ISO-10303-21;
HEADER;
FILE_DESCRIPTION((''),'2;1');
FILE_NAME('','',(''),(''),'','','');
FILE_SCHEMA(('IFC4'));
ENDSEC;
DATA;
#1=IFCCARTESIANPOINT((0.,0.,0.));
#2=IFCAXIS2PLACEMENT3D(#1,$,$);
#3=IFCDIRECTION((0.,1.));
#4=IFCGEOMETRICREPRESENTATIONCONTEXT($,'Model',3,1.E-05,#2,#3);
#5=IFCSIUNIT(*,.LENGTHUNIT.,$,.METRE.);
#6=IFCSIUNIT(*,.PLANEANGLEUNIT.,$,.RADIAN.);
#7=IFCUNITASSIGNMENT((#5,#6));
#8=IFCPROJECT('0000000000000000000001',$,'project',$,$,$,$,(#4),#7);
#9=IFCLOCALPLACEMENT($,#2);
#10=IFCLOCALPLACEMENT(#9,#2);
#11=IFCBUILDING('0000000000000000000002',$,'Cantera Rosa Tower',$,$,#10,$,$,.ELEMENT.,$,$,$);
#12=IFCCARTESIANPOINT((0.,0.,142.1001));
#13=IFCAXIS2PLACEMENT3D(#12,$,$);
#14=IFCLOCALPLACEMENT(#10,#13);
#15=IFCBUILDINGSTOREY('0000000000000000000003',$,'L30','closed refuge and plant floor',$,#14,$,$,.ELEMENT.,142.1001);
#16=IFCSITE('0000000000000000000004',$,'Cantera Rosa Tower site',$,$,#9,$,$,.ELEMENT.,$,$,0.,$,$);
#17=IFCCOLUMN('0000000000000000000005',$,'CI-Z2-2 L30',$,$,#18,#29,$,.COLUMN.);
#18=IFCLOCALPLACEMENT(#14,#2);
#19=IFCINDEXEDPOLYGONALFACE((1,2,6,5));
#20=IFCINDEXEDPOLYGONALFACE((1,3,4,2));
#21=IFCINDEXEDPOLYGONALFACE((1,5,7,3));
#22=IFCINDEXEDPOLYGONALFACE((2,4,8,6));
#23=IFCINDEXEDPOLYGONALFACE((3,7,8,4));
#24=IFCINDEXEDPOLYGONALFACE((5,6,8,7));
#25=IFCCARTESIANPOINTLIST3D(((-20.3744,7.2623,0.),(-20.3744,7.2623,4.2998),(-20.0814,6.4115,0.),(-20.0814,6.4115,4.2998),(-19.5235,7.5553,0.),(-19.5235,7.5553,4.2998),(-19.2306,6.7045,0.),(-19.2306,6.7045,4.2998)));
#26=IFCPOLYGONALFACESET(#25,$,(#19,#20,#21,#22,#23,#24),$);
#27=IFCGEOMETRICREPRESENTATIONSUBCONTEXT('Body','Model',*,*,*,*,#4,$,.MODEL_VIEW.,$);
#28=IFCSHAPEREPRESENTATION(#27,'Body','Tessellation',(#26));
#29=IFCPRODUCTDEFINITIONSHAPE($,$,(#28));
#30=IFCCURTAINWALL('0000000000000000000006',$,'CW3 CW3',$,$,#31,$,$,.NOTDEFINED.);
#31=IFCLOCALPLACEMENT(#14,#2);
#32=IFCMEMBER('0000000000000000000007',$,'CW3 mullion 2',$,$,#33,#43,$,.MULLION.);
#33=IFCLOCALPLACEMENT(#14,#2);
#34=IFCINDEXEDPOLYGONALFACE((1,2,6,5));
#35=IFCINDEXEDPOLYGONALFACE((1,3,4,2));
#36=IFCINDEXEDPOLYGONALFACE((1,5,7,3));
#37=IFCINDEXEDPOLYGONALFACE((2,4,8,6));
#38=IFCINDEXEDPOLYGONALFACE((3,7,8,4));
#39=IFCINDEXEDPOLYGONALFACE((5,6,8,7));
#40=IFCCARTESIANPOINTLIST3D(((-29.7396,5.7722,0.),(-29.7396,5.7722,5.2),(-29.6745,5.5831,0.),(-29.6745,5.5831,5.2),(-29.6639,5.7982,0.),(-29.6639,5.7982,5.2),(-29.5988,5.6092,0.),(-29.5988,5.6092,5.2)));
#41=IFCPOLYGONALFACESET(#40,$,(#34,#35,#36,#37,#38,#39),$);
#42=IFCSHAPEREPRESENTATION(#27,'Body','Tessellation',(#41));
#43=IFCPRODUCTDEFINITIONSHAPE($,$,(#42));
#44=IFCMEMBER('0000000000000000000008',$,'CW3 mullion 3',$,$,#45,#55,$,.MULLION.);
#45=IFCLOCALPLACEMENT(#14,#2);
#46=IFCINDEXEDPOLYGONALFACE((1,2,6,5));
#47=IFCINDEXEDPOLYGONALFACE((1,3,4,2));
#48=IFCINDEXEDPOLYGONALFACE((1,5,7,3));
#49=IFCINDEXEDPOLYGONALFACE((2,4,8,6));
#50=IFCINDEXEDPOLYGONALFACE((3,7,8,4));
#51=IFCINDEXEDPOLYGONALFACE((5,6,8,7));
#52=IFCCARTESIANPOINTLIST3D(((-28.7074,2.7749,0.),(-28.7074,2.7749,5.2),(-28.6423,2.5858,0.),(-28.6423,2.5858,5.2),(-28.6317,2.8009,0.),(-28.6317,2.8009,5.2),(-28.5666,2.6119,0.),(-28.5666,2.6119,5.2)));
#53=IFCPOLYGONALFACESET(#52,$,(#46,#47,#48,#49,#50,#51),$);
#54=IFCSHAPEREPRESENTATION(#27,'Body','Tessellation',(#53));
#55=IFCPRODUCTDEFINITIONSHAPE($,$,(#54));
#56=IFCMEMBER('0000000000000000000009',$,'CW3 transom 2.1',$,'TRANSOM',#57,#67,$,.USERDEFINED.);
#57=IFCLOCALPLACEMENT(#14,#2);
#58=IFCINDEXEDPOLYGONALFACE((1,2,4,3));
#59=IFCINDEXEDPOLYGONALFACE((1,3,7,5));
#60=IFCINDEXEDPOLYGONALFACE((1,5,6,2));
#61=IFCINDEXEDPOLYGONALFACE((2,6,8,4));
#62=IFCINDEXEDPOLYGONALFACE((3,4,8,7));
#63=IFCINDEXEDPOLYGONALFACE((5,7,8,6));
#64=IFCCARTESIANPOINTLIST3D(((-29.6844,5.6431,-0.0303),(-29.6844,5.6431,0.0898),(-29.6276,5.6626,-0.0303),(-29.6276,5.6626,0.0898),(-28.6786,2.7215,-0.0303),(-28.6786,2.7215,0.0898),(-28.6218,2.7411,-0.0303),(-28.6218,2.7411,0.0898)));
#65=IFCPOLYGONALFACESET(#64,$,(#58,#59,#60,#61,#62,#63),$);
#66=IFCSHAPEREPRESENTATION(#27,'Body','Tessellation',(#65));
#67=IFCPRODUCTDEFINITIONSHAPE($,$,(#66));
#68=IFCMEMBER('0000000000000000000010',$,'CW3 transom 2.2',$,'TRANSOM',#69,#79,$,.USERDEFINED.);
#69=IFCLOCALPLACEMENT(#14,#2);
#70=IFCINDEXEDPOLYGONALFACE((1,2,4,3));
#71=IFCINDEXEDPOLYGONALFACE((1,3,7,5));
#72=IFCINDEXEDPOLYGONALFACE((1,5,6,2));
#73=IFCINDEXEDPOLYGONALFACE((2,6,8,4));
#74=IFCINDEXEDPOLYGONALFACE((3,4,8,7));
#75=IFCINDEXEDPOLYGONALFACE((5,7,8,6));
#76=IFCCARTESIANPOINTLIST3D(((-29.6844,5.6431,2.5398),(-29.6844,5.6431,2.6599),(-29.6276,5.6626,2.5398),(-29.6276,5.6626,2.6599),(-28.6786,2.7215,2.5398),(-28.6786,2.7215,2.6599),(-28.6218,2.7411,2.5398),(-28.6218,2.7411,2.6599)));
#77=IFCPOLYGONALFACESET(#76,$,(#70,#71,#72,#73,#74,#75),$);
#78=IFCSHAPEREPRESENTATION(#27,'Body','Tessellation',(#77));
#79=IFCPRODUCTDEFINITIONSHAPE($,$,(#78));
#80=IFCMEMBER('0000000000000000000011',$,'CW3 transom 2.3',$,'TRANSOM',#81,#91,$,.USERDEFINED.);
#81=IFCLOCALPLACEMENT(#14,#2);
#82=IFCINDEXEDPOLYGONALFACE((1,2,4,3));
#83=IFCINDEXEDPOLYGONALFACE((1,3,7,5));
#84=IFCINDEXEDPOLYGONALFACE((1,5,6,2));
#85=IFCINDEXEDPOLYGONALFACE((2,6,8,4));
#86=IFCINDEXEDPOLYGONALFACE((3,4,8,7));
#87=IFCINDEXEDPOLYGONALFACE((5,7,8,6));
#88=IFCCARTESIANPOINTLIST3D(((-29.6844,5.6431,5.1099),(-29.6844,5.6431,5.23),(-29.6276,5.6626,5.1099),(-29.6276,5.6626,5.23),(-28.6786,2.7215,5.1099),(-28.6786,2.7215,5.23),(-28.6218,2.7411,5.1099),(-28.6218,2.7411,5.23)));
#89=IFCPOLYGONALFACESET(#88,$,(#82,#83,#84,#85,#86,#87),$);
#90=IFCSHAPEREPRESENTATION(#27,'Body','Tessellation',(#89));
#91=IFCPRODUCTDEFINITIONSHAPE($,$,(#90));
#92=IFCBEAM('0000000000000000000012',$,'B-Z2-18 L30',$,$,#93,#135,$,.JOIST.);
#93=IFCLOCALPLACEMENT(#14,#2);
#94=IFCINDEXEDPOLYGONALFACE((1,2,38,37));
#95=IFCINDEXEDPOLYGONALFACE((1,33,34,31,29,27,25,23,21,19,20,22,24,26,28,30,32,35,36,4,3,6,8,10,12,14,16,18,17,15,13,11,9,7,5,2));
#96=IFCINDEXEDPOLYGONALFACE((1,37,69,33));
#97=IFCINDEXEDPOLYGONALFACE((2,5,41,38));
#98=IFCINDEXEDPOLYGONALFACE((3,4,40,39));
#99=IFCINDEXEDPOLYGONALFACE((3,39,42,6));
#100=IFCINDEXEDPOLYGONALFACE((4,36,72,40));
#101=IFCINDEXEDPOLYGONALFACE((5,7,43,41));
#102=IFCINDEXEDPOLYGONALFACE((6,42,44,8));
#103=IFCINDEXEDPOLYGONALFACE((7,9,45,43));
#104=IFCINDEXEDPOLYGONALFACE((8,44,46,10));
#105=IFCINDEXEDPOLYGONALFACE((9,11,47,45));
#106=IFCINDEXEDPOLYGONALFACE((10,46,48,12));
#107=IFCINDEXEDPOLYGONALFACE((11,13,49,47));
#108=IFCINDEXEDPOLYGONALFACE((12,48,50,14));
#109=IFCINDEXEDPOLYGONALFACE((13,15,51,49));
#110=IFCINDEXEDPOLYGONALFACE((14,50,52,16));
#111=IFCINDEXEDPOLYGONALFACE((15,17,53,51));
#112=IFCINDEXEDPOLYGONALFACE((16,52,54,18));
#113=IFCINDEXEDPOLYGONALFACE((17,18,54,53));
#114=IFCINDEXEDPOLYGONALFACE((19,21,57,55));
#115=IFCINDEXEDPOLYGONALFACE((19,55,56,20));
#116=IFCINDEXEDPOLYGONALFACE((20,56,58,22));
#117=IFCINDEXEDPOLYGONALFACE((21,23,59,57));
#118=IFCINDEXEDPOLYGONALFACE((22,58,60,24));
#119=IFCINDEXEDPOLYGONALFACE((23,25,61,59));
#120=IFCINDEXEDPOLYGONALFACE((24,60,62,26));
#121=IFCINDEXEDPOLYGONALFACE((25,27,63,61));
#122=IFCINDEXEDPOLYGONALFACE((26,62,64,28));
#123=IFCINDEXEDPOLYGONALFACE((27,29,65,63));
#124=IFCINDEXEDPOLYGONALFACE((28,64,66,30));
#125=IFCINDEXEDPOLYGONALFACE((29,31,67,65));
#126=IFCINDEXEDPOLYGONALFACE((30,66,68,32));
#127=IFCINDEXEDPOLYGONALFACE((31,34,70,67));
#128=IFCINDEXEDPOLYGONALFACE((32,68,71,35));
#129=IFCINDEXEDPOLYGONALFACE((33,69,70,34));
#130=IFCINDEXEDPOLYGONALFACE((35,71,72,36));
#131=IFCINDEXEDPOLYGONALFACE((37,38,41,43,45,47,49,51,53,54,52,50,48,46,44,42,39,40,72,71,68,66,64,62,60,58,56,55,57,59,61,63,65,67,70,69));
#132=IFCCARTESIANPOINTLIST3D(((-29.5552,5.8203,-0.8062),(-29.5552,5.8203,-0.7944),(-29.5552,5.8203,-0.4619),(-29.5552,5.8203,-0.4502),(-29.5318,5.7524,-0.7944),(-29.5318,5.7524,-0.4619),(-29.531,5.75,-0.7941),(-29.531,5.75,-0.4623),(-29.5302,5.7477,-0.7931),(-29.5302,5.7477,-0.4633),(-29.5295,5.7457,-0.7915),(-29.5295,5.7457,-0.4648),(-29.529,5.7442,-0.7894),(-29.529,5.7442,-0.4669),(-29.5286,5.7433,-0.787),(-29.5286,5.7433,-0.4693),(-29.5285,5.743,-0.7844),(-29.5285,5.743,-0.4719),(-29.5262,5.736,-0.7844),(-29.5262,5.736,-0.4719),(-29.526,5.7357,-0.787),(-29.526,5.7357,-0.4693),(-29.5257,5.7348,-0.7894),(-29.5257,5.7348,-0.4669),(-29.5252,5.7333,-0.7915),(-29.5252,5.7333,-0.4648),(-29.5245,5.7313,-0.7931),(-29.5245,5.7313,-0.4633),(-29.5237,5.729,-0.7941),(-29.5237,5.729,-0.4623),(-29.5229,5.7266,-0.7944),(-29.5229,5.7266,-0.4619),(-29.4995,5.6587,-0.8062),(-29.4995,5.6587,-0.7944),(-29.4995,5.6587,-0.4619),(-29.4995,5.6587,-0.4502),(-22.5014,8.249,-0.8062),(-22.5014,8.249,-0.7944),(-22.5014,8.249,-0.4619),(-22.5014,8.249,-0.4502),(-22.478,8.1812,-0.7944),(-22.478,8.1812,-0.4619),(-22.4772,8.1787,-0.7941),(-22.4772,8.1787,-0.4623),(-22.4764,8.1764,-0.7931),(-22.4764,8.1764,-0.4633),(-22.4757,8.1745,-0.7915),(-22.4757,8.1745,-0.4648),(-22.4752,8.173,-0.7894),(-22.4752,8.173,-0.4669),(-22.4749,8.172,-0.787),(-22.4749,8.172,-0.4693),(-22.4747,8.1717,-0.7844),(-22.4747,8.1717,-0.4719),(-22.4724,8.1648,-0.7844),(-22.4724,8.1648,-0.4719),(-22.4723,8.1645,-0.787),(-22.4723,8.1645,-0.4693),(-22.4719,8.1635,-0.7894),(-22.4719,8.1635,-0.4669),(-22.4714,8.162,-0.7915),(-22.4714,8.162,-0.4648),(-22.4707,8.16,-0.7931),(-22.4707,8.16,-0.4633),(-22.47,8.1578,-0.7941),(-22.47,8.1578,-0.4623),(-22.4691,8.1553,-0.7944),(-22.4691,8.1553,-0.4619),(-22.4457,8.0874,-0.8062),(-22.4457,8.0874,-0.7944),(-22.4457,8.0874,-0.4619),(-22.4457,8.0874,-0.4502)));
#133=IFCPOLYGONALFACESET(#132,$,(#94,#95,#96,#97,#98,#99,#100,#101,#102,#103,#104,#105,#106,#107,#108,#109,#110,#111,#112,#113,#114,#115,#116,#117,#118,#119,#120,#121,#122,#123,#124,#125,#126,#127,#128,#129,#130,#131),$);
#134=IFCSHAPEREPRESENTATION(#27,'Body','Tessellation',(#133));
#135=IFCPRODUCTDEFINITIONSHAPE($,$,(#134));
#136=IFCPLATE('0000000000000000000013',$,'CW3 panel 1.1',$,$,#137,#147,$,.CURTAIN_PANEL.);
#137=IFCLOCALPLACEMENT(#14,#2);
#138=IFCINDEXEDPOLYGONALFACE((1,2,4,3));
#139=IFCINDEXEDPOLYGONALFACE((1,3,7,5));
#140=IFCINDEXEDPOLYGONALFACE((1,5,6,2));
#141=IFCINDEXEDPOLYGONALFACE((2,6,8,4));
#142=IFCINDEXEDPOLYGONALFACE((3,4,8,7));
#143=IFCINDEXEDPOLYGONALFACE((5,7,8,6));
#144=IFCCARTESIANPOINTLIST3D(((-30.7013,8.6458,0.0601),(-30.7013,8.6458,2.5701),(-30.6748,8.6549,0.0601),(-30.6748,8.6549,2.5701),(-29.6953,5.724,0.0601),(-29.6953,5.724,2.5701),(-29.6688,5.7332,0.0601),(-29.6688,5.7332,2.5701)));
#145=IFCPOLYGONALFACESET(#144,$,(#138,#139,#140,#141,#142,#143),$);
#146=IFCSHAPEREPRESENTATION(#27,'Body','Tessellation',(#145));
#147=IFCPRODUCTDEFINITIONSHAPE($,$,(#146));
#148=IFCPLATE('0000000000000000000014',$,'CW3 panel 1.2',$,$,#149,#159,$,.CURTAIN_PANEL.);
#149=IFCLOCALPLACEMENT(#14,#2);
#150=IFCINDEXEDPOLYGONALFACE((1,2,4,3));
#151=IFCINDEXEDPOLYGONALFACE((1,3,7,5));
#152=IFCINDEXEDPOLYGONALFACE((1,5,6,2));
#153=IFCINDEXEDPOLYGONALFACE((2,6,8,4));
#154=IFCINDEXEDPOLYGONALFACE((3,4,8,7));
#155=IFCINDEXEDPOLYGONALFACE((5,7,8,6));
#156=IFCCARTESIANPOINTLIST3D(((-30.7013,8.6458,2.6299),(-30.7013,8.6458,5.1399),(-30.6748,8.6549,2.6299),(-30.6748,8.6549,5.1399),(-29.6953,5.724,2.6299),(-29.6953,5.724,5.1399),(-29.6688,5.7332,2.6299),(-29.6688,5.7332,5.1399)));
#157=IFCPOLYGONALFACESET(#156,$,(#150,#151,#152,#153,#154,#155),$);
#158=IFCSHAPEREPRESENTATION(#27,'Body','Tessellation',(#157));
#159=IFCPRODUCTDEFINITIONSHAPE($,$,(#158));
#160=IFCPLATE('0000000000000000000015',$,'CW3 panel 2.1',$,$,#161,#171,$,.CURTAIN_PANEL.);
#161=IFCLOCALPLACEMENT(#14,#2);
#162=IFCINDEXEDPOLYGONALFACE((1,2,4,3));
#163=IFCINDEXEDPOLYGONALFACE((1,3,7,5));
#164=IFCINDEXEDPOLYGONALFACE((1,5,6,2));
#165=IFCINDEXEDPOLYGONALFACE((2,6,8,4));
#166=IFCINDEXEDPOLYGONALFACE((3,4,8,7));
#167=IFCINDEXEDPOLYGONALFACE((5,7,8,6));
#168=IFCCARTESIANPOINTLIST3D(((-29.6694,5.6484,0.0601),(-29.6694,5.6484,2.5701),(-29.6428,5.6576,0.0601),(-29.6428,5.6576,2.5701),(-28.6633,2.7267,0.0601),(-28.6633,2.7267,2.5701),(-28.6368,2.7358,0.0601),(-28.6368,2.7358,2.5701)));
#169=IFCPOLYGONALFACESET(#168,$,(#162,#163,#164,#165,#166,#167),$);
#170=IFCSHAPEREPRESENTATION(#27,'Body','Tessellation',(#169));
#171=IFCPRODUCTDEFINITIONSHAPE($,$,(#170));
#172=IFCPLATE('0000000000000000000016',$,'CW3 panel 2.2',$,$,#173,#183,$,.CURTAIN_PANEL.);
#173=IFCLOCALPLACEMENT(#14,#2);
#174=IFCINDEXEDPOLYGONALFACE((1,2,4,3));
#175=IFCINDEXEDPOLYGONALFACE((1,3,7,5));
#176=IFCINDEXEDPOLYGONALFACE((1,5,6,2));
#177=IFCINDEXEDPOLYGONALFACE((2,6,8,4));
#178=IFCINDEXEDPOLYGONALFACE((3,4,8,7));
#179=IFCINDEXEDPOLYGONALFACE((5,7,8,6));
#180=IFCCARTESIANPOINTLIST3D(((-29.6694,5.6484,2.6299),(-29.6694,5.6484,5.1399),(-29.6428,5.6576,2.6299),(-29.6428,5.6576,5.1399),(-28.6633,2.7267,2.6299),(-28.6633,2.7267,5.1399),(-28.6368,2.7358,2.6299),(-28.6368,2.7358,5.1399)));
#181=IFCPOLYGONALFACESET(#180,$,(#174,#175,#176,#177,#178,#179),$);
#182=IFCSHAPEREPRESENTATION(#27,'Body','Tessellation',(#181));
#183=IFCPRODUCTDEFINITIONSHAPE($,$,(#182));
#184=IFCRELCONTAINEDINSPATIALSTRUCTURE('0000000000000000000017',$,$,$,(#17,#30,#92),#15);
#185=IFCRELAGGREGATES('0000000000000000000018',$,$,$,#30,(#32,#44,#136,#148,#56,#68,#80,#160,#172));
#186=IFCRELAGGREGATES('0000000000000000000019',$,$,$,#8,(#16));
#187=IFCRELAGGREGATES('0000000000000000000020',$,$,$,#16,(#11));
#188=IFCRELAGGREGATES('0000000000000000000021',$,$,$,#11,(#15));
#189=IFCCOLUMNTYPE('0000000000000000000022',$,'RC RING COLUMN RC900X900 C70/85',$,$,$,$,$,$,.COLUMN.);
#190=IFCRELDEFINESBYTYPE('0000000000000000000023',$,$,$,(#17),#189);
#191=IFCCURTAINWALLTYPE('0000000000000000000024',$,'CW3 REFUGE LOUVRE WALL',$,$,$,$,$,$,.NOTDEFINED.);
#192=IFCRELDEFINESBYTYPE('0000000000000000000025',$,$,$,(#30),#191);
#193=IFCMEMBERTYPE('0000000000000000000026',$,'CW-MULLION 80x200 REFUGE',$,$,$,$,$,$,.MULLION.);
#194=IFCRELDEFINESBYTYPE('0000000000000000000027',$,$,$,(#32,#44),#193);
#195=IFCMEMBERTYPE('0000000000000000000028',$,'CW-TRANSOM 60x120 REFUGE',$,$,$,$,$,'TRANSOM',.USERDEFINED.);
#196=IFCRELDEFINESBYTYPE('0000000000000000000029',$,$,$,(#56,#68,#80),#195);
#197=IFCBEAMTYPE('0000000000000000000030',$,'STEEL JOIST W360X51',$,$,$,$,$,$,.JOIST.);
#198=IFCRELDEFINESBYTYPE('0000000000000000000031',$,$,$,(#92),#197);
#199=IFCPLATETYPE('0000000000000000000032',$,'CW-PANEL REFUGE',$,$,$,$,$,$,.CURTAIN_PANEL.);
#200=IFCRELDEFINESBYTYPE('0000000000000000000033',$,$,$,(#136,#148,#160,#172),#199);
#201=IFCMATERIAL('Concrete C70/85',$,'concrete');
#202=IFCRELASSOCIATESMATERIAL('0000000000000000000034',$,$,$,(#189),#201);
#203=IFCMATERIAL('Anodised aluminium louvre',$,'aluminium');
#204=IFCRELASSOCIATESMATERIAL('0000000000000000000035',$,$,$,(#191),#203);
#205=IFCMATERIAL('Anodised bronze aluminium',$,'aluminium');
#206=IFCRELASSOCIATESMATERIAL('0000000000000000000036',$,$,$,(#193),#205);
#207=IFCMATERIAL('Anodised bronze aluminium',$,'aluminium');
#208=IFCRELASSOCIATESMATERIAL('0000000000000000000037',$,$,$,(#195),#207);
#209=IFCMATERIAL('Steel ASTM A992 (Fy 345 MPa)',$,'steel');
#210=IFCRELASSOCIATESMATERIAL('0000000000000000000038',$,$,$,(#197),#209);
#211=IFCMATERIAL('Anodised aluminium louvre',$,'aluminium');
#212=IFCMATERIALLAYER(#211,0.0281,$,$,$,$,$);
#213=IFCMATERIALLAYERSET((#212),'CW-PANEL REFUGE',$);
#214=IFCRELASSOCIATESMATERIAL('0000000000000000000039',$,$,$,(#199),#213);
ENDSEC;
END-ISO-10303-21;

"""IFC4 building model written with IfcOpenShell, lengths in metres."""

from ifc_helpers import new_model, si_unit, direction, frame, origin, origin_2d, place, context, subcontext, project, spatial, rectangle, i_section, extrude, material, layer, layer_set, material_profile, profile_set, type_object, element, aggregate, save


model = new_model("IFC4")

# Units and contexts
model_context = context("Model", 3, precision=1e-05, world=origin(), true_north=direction((0.0, 1.0)))
body_context = subcontext(model_context, "Body", "Model", "MODEL_VIEW")
ifc_project = project(units=[si_unit("LENGTHUNIT", "METRE"), si_unit("PLANEANGLEUNIT", "RADIAN")], contexts=[model_context])

# Site, building, storey
site_placement = place(None, origin())
site = spatial("IfcSite", under=ifc_project, at=site_placement, Name="Cantera Rosa Tower site", CompositionType="ELEMENT", RefElevation=0.0)
building_placement = place(site_placement, origin())
building = spatial("IfcBuilding", under=site, at=building_placement, Name="Cantera Rosa Tower", CompositionType="ELEMENT")
storey_placement = place(building_placement, frame((0.0, 0.0, 142.1001)))
storey = spatial("IfcBuildingStorey", under=building, at=storey_placement, Name="L30", Description="closed refuge and plant floor", CompositionType="ELEMENT", Elevation=142.1001)

# Column
ifc_material_1 = material(Name="Concrete C70/85", Category="concrete")
ifc_material_profile_1 = material_profile(ifc_material_1, rectangle(XDim=0.8999, YDim=0.8999, at=origin_2d()), Name="RC RING COLUMN RC900X900 C70/85")
ifc_profile_set_1 = profile_set([ifc_material_profile_1], Name="Concrete C70/85")
column_type = type_object("IfcColumnType", Name="RC RING COLUMN RC900X900 C70/85", PredefinedType="COLUMN", material=ifc_profile_set_1)
column_placement = place(storey_placement, frame((-19.8025, 6.9834, 0.0), z_axis=(0.0, 0.0, 1.0), x_axis=(0.945519, 0.325568, 0.0)))
element("IfcColumn", 1, at=column_placement, inside=storey, type_object=column_type, Name="CI-Z2-2 L30", PredefinedType="COLUMN", context=body_context, shape_type="SweptSolid", body=[
    extrude(rectangle(XDim=0.8999, YDim=0.8999, at=origin_2d()), origin(), (0.0, 0.0, 1.0), 4.2998),
])

# Curtain wall, members
ifc_material_2 = material(Name="Anodised aluminium louvre", Category="aluminium")
curtain_wall_type = type_object("IfcCurtainWallType", Name="CW3 REFUGE LOUVRE WALL", PredefinedType="NOTDEFINED", material=ifc_material_2)
curtain_wall_placement = place(storey_placement, origin())
curtain_wall = element("IfcCurtainWall", 2, at=curtain_wall_placement, inside=storey, type_object=curtain_wall_type, Name="CW3 CW3", PredefinedType="NOTDEFINED")
ifc_material_3 = material(Name="Anodised bronze aluminium", Category="aluminium")
ifc_material_profile_2 = material_profile(ifc_material_3, rectangle(XDim=0.0801, YDim=0.2, at=origin_2d()), Name="CW-MULLION 80x200 REFUGE")
ifc_profile_set_2 = profile_set([ifc_material_profile_2], Name="Anodised bronze aluminium")
member_type_1 = type_object("IfcMemberType", Name="CW-MULLION 80x200 REFUGE", PredefinedType="MULLION", material=ifc_profile_set_2)
member_1_placement = place(storey_placement, frame((-29.6692, 5.6907, 0.0), z_axis=(0.0, 0.0, 1.0), x_axis=(0.945519, 0.325568, 0.0)))
member_1 = element("IfcMember", 3, at=member_1_placement, type_object=member_type_1, Name="CW3 mullion 2", PredefinedType="MULLION", context=body_context, shape_type="SweptSolid", body=[
    extrude(rectangle(XDim=0.0801, YDim=0.2, at=origin_2d()), origin(), (0.0, 0.0, 1.0), 5.2),
])
member_2_placement = place(storey_placement, frame((-28.637, 2.6934, 0.0), z_axis=(0.0, 0.0, 1.0), x_axis=(0.945519, 0.325568, 0.0)))
member_2 = element("IfcMember", 4, at=member_2_placement, type_object=member_type_1, Name="CW3 mullion 3", PredefinedType="MULLION", context=body_context, shape_type="SweptSolid", body=[
    extrude(rectangle(XDim=0.0801, YDim=0.2, at=origin_2d()), origin(), (0.0, 0.0, 1.0), 5.2),
])
ifc_material_4 = material(Name="Anodised bronze aluminium", Category="aluminium")
ifc_material_profile_3 = material_profile(ifc_material_4, rectangle(XDim=0.0601, YDim=0.1201, at=origin_2d()), Name="CW-TRANSOM 60x120 REFUGE")
ifc_profile_set_3 = profile_set([ifc_material_profile_3], Name="Anodised bronze aluminium")
member_type_2 = type_object("IfcMemberType", Name="CW-TRANSOM 60x120 REFUGE", ElementType="TRANSOM", PredefinedType="USERDEFINED", material=ifc_profile_set_3)
member_3_placement = place(storey_placement, frame((-29.656, 5.6528, 0.0298), z_axis=(0.325528, -0.945532, 0.0), x_axis=(0.945532, 0.325528, 0.0)))
member_3 = element("IfcMember", 5, at=member_3_placement, type_object=member_type_2, Name="CW3 transom 2.1", ObjectType="TRANSOM", PredefinedType="USERDEFINED", context=body_context, shape_type="SweptSolid", body=[
    extrude(rectangle(XDim=0.0601, YDim=0.1201, at=origin_2d()), origin(), (0.0, 0.0, 1.0), 3.0898),
])
member_4_placement = place(storey_placement, frame((-29.656, 5.6528, 2.5999), z_axis=(0.325528, -0.945532, 0.0), x_axis=(0.945532, 0.325528, 0.0)))
member_4 = element("IfcMember", 6, at=member_4_placement, type_object=member_type_2, Name="CW3 transom 2.2", ObjectType="TRANSOM", PredefinedType="USERDEFINED", context=body_context, shape_type="SweptSolid", body=[
    extrude(rectangle(XDim=0.0601, YDim=0.1201, at=origin_2d()), origin(), (0.0, 0.0, 1.0), 3.0898),
])
member_5_placement = place(storey_placement, frame((-29.656, 5.6528, 5.1699), z_axis=(0.325528, -0.945532, 0.0), x_axis=(0.945532, 0.325528, 0.0)))
member_5 = element("IfcMember", 7, at=member_5_placement, type_object=member_type_2, Name="CW3 transom 2.3", ObjectType="TRANSOM", PredefinedType="USERDEFINED", context=body_context, shape_type="SweptSolid", body=[
    extrude(rectangle(XDim=0.0601, YDim=0.1201, at=origin_2d()), origin(), (0.0, 0.0, 1.0), 3.0898),
])

# Beam
ifc_material_5 = material(Name="Steel ASTM A992 (Fy 345 MPa)", Category="steel")
ifc_material_profile_4 = material_profile(ifc_material_5, i_section(OverallWidth=0.1709, OverallDepth=0.356, WebThickness=0.0073, FlangeThickness=0.0117, FilletRadius=0.01, at=origin_2d()), Name="W360X51")
ifc_profile_set_4 = profile_set([ifc_material_profile_4], Name="Steel ASTM A992 (Fy 345 MPa)")
beam_type = type_object("IfcBeamType", Name="STEEL JOIST W360X51", PredefinedType="JOIST", material=ifc_profile_set_4)
beam_placement = place(storey_placement, frame((-29.5273, 5.7395, -0.6282), z_axis=(0.945522, 0.325559, 0.0), x_axis=(-0.325559, 0.945522, 0.0)))
element("IfcBeam", 8, at=beam_placement, inside=storey, type_object=beam_type, Name="B-Z2-18 L30", PredefinedType="JOIST", context=body_context, shape_type="SweptSolid", body=[
    extrude(i_section(OverallWidth=0.1709, OverallDepth=0.356, WebThickness=0.0073, FlangeThickness=0.0117, FilletRadius=0.01, at=origin_2d()), origin(), (0.0, 0.0, 1.0), 7.4602),
])

# Plates
ifc_material_6 = material(Name="Anodised aluminium louvre", Category="aluminium")
ifc_layer_1 = layer(ifc_material_6, 0.0281)
ifc_layer_set_1 = layer_set([ifc_layer_1], Name="CW-PANEL REFUGE")
plate_type = type_object("IfcPlateType", Name="CW-PANEL REFUGE", PredefinedType="CURTAIN_PANEL", material=ifc_layer_set_1)
plate_1_placement = place(storey_placement, frame((-30.1851, 7.1895, 0.0601), z_axis=(0.0, 0.0, 1.0), x_axis=(0.325568, -0.945519, 0.0)))
plate_1 = element("IfcPlate", 9, at=plate_1_placement, type_object=plate_type, Name="CW3 panel 1.1", PredefinedType="CURTAIN_PANEL", context=body_context, shape_type="SweptSolid", body=[
    extrude(rectangle(XDim=3.0901, YDim=0.0281, at=origin_2d()), origin(), (0.0, 0.0, 1.0), 2.51),
])
plate_2_placement = place(storey_placement, frame((-30.1851, 7.1895, 2.6299), z_axis=(0.0, 0.0, 1.0), x_axis=(0.325568, -0.945519, 0.0)))
plate_2 = element("IfcPlate", 10, at=plate_2_placement, type_object=plate_type, Name="CW3 panel 1.2", PredefinedType="CURTAIN_PANEL", context=body_context, shape_type="SweptSolid", body=[
    extrude(rectangle(XDim=3.0901, YDim=0.0281, at=origin_2d()), origin(), (0.0, 0.0, 1.0), 2.51),
])
plate_3_placement = place(storey_placement, frame((-29.1531, 4.1921, 0.0601), z_axis=(0.0, 0.0, 1.0), x_axis=(0.325568, -0.945519, 0.0)))
plate_3 = element("IfcPlate", 11, at=plate_3_placement, type_object=plate_type, Name="CW3 panel 2.1", PredefinedType="CURTAIN_PANEL", context=body_context, shape_type="SweptSolid", body=[
    extrude(rectangle(XDim=3.0901, YDim=0.0281, at=origin_2d()), origin(), (0.0, 0.0, 1.0), 2.51),
])
plate_4_placement = place(storey_placement, frame((-29.1531, 4.1921, 2.6299), z_axis=(0.0, 0.0, 1.0), x_axis=(0.325568, -0.945519, 0.0)))
plate_4 = element("IfcPlate", 12, at=plate_4_placement, type_object=plate_type, Name="CW3 panel 2.2", PredefinedType="CURTAIN_PANEL", context=body_context, shape_type="SweptSolid", body=[
    extrude(rectangle(XDim=3.0901, YDim=0.0281, at=origin_2d()), origin(), (0.0, 0.0, 1.0), 2.51),
])
aggregate(curtain_wall, [member_1, member_2, plate_1, plate_2, member_3, member_4, member_5, plate_3, plate_4])

save(model, "model.ifc")
